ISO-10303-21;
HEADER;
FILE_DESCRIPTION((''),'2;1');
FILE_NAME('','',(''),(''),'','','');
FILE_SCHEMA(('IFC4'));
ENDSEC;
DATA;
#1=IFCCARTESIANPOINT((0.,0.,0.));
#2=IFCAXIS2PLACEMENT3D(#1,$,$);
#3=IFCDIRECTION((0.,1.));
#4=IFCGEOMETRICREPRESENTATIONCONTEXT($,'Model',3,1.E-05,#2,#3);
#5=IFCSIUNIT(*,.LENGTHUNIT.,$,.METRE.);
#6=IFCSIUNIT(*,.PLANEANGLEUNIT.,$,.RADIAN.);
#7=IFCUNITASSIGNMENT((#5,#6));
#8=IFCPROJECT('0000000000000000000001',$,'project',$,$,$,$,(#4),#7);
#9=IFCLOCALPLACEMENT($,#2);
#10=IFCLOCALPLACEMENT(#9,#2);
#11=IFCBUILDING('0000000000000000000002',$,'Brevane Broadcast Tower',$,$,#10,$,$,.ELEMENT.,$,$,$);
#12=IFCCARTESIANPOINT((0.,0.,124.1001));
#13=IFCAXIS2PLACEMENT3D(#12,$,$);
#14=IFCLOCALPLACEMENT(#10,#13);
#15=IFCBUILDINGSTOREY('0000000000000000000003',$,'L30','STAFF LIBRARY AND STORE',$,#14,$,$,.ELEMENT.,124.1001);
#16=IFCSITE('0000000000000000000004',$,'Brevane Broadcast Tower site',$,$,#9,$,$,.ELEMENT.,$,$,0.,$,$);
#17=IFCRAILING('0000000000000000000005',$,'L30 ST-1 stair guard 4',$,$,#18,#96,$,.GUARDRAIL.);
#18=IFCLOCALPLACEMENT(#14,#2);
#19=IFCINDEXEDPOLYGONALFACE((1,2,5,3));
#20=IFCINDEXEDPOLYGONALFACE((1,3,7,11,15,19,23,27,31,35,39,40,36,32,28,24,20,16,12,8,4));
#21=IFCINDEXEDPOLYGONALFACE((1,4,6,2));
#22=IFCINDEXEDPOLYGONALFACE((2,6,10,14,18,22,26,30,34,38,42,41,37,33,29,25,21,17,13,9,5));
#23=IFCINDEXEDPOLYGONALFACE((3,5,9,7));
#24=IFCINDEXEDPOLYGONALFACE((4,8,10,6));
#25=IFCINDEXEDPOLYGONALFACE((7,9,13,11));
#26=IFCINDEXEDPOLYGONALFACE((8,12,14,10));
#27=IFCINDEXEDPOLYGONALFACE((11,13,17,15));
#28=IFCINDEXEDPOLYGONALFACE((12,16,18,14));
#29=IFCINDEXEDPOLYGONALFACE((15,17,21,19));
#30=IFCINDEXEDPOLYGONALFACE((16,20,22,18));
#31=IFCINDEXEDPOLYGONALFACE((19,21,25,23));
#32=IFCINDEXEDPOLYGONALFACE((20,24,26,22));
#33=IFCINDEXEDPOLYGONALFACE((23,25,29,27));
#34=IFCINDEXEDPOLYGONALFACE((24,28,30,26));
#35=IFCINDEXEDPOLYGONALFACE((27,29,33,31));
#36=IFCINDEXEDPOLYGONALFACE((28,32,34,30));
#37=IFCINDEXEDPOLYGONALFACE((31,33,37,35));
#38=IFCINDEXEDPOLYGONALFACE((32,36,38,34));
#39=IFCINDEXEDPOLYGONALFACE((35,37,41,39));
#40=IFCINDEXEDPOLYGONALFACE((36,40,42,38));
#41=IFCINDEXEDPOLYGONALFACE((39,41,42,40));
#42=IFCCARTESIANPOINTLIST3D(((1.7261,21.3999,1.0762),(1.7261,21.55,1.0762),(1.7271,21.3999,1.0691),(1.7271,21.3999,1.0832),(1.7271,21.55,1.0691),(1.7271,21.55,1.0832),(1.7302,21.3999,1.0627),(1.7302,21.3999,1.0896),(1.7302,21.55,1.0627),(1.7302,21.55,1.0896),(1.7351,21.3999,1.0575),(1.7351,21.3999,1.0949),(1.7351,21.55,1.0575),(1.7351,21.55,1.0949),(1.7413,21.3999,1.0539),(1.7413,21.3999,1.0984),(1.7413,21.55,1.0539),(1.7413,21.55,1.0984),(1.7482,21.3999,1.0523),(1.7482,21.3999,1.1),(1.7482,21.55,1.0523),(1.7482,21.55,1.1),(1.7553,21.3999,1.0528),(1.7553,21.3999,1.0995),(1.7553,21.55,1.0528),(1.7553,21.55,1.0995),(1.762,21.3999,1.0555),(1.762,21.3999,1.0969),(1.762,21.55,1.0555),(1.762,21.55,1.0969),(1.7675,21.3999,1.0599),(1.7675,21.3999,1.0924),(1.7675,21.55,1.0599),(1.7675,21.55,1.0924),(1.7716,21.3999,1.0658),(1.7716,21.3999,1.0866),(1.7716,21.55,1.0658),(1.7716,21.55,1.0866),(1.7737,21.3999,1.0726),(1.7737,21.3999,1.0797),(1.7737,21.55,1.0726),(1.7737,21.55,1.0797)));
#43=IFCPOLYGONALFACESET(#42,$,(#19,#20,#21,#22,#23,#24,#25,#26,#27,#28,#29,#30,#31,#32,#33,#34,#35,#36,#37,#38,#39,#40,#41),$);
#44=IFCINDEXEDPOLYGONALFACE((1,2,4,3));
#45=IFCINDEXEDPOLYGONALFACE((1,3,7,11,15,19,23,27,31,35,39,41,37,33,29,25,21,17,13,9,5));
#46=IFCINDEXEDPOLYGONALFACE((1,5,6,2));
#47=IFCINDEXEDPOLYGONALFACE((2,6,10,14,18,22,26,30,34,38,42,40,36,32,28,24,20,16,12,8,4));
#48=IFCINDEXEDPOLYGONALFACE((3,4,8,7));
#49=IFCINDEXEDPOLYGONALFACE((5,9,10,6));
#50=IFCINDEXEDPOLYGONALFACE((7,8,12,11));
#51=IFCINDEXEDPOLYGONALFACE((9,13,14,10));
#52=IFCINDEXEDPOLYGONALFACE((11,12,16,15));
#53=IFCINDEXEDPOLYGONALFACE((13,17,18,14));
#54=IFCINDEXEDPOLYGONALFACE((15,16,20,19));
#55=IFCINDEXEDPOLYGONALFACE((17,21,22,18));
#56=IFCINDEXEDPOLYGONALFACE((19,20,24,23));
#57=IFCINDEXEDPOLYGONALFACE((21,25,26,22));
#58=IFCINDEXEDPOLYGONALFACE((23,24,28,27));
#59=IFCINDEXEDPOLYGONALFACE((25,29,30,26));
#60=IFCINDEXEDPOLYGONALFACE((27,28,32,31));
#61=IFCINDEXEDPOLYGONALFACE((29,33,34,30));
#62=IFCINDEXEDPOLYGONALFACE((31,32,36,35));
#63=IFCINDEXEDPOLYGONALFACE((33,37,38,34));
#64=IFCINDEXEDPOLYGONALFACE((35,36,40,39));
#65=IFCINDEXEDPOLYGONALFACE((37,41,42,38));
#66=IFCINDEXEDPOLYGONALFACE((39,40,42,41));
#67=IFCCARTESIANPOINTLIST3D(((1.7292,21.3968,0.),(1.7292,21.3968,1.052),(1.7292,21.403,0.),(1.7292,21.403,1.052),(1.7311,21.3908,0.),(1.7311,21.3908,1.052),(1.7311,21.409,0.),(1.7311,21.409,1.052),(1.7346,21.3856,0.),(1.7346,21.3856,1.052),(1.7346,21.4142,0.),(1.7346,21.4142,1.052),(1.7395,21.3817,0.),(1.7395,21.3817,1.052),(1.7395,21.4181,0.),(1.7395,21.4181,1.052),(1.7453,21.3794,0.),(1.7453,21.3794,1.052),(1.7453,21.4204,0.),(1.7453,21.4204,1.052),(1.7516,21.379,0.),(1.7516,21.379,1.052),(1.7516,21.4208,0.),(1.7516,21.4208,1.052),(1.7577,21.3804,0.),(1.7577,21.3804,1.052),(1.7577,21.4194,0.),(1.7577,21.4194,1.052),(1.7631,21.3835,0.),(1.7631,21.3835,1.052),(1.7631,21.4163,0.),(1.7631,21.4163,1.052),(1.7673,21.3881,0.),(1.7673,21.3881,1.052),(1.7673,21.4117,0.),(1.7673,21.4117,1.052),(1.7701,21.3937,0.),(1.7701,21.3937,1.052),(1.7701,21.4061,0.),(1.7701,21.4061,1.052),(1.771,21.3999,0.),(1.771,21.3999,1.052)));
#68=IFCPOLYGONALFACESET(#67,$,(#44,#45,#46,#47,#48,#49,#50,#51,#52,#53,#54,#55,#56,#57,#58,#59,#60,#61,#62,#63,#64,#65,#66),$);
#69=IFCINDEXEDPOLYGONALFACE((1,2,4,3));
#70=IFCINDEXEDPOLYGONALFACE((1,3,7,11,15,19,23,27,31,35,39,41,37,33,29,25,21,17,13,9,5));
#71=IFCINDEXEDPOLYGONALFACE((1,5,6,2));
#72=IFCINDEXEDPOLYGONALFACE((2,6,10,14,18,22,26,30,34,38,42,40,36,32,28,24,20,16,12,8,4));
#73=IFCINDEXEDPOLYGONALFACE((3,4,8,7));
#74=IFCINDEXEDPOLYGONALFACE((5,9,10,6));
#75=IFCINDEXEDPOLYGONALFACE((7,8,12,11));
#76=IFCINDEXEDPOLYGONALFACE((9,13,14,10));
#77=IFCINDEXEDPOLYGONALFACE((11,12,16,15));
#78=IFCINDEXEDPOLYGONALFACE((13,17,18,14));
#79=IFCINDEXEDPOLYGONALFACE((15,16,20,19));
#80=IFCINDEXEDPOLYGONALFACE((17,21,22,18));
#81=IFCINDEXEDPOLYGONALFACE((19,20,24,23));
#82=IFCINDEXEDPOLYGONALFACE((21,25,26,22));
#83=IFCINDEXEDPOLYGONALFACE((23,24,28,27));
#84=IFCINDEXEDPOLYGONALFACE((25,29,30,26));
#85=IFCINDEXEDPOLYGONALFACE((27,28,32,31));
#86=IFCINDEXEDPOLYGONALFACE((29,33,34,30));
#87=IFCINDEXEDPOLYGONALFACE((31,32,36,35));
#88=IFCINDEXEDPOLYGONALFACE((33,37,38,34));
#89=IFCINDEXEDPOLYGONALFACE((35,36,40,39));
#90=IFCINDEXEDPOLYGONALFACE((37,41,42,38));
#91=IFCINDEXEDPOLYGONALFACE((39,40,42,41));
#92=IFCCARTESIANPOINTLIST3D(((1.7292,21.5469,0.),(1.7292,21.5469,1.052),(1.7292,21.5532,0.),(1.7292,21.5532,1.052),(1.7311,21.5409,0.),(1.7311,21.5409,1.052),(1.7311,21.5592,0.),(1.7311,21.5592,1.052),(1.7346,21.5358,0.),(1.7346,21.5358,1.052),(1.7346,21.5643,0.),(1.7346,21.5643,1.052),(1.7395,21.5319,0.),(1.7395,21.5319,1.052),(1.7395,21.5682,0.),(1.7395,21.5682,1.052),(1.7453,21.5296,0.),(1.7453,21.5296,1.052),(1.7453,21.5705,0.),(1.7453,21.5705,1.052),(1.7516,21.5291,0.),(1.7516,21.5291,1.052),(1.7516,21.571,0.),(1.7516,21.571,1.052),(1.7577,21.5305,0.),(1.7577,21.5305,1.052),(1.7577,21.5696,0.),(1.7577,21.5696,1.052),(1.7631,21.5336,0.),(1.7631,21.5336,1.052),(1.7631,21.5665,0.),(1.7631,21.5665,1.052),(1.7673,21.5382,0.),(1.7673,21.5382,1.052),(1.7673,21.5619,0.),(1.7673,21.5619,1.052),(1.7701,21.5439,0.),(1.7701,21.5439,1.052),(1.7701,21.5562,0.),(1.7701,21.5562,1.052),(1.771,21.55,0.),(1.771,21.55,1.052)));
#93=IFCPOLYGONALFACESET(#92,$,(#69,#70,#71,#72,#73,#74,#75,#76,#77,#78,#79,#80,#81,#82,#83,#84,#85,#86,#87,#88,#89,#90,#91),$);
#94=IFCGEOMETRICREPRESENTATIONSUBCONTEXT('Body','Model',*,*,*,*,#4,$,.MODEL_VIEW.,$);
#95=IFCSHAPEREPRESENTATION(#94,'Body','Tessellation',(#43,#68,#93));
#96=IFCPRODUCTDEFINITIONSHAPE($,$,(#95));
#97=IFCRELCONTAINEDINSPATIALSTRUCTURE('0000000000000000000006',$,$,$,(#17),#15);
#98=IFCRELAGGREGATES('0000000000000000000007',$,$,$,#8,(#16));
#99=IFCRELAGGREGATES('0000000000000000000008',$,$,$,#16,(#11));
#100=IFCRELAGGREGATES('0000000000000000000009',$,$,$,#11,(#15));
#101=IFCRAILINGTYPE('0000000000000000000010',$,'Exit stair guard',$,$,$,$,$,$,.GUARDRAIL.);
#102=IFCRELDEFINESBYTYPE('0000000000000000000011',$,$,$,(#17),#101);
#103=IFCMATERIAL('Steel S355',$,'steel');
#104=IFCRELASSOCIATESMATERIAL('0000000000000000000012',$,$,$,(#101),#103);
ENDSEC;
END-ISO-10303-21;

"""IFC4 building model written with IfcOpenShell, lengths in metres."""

from ifc_helpers import new_model, si_unit, direction, frame, origin, origin_2d, place, context, subcontext, project, spatial, circle, extrude, material, type_object, element, save


model = new_model("IFC4")

# Units and contexts
model_context = context("Model", 3, precision=1e-05, world=origin(), true_north=direction((0.0, 1.0)))
body_context = subcontext(model_context, "Body", "Model", "MODEL_VIEW")
ifc_project = project(units=[si_unit("LENGTHUNIT", "METRE"), si_unit("PLANEANGLEUNIT", "RADIAN")], contexts=[model_context])

# Site, building, storey
site_placement = place(None, origin())
site = spatial("IfcSite", under=ifc_project, at=site_placement, Name="Brevane Broadcast Tower site", CompositionType="ELEMENT", RefElevation=0.0)
building_placement = place(site_placement, origin())
building = spatial("IfcBuilding", under=site, at=building_placement, Name="Brevane Broadcast Tower", CompositionType="ELEMENT")
storey_placement = place(building_placement, frame((0.0, 0.0, 124.1001)))
storey = spatial("IfcBuildingStorey", under=building, at=storey_placement, Name="L30", Description="STAFF LIBRARY AND STORE", CompositionType="ELEMENT", Elevation=124.1001)

# Railing
ifc_material_1 = material(Name="Steel S355", Category="steel")
railing_type_1 = type_object("IfcRailingType", Name="Exit stair guard", PredefinedType="GUARDRAIL", material=ifc_material_1)
railing_1_placement = place(storey_placement, frame((1.75, 21.3999, 0.0)))
element("IfcRailing", 1, at=railing_1_placement, inside=storey, type_object=railing_type_1, Name="L30 ST-1 stair guard 4", PredefinedType="GUARDRAIL", context=body_context, shape_type="SweptSolid", body=[
    extrude(circle(Radius=0.0239, at=origin_2d()), frame((0.0, 0.0, 1.0762), z_axis=(0.0, 1.0, 0.0), x_axis=(-1.0, 0.0, 0.0)), (0.0, 0.0, 1.0), 0.1501),
    extrude(circle(Radius=0.021, at=origin_2d()), origin(), (0.0, 0.0, 1.0), 1.052),
    extrude(circle(Radius=0.021, at=origin_2d()), frame((0.0, 0.1501, 0.0)), (0.0, 0.0, 1.0), 1.052),
])

save(model, "model.ifc")
